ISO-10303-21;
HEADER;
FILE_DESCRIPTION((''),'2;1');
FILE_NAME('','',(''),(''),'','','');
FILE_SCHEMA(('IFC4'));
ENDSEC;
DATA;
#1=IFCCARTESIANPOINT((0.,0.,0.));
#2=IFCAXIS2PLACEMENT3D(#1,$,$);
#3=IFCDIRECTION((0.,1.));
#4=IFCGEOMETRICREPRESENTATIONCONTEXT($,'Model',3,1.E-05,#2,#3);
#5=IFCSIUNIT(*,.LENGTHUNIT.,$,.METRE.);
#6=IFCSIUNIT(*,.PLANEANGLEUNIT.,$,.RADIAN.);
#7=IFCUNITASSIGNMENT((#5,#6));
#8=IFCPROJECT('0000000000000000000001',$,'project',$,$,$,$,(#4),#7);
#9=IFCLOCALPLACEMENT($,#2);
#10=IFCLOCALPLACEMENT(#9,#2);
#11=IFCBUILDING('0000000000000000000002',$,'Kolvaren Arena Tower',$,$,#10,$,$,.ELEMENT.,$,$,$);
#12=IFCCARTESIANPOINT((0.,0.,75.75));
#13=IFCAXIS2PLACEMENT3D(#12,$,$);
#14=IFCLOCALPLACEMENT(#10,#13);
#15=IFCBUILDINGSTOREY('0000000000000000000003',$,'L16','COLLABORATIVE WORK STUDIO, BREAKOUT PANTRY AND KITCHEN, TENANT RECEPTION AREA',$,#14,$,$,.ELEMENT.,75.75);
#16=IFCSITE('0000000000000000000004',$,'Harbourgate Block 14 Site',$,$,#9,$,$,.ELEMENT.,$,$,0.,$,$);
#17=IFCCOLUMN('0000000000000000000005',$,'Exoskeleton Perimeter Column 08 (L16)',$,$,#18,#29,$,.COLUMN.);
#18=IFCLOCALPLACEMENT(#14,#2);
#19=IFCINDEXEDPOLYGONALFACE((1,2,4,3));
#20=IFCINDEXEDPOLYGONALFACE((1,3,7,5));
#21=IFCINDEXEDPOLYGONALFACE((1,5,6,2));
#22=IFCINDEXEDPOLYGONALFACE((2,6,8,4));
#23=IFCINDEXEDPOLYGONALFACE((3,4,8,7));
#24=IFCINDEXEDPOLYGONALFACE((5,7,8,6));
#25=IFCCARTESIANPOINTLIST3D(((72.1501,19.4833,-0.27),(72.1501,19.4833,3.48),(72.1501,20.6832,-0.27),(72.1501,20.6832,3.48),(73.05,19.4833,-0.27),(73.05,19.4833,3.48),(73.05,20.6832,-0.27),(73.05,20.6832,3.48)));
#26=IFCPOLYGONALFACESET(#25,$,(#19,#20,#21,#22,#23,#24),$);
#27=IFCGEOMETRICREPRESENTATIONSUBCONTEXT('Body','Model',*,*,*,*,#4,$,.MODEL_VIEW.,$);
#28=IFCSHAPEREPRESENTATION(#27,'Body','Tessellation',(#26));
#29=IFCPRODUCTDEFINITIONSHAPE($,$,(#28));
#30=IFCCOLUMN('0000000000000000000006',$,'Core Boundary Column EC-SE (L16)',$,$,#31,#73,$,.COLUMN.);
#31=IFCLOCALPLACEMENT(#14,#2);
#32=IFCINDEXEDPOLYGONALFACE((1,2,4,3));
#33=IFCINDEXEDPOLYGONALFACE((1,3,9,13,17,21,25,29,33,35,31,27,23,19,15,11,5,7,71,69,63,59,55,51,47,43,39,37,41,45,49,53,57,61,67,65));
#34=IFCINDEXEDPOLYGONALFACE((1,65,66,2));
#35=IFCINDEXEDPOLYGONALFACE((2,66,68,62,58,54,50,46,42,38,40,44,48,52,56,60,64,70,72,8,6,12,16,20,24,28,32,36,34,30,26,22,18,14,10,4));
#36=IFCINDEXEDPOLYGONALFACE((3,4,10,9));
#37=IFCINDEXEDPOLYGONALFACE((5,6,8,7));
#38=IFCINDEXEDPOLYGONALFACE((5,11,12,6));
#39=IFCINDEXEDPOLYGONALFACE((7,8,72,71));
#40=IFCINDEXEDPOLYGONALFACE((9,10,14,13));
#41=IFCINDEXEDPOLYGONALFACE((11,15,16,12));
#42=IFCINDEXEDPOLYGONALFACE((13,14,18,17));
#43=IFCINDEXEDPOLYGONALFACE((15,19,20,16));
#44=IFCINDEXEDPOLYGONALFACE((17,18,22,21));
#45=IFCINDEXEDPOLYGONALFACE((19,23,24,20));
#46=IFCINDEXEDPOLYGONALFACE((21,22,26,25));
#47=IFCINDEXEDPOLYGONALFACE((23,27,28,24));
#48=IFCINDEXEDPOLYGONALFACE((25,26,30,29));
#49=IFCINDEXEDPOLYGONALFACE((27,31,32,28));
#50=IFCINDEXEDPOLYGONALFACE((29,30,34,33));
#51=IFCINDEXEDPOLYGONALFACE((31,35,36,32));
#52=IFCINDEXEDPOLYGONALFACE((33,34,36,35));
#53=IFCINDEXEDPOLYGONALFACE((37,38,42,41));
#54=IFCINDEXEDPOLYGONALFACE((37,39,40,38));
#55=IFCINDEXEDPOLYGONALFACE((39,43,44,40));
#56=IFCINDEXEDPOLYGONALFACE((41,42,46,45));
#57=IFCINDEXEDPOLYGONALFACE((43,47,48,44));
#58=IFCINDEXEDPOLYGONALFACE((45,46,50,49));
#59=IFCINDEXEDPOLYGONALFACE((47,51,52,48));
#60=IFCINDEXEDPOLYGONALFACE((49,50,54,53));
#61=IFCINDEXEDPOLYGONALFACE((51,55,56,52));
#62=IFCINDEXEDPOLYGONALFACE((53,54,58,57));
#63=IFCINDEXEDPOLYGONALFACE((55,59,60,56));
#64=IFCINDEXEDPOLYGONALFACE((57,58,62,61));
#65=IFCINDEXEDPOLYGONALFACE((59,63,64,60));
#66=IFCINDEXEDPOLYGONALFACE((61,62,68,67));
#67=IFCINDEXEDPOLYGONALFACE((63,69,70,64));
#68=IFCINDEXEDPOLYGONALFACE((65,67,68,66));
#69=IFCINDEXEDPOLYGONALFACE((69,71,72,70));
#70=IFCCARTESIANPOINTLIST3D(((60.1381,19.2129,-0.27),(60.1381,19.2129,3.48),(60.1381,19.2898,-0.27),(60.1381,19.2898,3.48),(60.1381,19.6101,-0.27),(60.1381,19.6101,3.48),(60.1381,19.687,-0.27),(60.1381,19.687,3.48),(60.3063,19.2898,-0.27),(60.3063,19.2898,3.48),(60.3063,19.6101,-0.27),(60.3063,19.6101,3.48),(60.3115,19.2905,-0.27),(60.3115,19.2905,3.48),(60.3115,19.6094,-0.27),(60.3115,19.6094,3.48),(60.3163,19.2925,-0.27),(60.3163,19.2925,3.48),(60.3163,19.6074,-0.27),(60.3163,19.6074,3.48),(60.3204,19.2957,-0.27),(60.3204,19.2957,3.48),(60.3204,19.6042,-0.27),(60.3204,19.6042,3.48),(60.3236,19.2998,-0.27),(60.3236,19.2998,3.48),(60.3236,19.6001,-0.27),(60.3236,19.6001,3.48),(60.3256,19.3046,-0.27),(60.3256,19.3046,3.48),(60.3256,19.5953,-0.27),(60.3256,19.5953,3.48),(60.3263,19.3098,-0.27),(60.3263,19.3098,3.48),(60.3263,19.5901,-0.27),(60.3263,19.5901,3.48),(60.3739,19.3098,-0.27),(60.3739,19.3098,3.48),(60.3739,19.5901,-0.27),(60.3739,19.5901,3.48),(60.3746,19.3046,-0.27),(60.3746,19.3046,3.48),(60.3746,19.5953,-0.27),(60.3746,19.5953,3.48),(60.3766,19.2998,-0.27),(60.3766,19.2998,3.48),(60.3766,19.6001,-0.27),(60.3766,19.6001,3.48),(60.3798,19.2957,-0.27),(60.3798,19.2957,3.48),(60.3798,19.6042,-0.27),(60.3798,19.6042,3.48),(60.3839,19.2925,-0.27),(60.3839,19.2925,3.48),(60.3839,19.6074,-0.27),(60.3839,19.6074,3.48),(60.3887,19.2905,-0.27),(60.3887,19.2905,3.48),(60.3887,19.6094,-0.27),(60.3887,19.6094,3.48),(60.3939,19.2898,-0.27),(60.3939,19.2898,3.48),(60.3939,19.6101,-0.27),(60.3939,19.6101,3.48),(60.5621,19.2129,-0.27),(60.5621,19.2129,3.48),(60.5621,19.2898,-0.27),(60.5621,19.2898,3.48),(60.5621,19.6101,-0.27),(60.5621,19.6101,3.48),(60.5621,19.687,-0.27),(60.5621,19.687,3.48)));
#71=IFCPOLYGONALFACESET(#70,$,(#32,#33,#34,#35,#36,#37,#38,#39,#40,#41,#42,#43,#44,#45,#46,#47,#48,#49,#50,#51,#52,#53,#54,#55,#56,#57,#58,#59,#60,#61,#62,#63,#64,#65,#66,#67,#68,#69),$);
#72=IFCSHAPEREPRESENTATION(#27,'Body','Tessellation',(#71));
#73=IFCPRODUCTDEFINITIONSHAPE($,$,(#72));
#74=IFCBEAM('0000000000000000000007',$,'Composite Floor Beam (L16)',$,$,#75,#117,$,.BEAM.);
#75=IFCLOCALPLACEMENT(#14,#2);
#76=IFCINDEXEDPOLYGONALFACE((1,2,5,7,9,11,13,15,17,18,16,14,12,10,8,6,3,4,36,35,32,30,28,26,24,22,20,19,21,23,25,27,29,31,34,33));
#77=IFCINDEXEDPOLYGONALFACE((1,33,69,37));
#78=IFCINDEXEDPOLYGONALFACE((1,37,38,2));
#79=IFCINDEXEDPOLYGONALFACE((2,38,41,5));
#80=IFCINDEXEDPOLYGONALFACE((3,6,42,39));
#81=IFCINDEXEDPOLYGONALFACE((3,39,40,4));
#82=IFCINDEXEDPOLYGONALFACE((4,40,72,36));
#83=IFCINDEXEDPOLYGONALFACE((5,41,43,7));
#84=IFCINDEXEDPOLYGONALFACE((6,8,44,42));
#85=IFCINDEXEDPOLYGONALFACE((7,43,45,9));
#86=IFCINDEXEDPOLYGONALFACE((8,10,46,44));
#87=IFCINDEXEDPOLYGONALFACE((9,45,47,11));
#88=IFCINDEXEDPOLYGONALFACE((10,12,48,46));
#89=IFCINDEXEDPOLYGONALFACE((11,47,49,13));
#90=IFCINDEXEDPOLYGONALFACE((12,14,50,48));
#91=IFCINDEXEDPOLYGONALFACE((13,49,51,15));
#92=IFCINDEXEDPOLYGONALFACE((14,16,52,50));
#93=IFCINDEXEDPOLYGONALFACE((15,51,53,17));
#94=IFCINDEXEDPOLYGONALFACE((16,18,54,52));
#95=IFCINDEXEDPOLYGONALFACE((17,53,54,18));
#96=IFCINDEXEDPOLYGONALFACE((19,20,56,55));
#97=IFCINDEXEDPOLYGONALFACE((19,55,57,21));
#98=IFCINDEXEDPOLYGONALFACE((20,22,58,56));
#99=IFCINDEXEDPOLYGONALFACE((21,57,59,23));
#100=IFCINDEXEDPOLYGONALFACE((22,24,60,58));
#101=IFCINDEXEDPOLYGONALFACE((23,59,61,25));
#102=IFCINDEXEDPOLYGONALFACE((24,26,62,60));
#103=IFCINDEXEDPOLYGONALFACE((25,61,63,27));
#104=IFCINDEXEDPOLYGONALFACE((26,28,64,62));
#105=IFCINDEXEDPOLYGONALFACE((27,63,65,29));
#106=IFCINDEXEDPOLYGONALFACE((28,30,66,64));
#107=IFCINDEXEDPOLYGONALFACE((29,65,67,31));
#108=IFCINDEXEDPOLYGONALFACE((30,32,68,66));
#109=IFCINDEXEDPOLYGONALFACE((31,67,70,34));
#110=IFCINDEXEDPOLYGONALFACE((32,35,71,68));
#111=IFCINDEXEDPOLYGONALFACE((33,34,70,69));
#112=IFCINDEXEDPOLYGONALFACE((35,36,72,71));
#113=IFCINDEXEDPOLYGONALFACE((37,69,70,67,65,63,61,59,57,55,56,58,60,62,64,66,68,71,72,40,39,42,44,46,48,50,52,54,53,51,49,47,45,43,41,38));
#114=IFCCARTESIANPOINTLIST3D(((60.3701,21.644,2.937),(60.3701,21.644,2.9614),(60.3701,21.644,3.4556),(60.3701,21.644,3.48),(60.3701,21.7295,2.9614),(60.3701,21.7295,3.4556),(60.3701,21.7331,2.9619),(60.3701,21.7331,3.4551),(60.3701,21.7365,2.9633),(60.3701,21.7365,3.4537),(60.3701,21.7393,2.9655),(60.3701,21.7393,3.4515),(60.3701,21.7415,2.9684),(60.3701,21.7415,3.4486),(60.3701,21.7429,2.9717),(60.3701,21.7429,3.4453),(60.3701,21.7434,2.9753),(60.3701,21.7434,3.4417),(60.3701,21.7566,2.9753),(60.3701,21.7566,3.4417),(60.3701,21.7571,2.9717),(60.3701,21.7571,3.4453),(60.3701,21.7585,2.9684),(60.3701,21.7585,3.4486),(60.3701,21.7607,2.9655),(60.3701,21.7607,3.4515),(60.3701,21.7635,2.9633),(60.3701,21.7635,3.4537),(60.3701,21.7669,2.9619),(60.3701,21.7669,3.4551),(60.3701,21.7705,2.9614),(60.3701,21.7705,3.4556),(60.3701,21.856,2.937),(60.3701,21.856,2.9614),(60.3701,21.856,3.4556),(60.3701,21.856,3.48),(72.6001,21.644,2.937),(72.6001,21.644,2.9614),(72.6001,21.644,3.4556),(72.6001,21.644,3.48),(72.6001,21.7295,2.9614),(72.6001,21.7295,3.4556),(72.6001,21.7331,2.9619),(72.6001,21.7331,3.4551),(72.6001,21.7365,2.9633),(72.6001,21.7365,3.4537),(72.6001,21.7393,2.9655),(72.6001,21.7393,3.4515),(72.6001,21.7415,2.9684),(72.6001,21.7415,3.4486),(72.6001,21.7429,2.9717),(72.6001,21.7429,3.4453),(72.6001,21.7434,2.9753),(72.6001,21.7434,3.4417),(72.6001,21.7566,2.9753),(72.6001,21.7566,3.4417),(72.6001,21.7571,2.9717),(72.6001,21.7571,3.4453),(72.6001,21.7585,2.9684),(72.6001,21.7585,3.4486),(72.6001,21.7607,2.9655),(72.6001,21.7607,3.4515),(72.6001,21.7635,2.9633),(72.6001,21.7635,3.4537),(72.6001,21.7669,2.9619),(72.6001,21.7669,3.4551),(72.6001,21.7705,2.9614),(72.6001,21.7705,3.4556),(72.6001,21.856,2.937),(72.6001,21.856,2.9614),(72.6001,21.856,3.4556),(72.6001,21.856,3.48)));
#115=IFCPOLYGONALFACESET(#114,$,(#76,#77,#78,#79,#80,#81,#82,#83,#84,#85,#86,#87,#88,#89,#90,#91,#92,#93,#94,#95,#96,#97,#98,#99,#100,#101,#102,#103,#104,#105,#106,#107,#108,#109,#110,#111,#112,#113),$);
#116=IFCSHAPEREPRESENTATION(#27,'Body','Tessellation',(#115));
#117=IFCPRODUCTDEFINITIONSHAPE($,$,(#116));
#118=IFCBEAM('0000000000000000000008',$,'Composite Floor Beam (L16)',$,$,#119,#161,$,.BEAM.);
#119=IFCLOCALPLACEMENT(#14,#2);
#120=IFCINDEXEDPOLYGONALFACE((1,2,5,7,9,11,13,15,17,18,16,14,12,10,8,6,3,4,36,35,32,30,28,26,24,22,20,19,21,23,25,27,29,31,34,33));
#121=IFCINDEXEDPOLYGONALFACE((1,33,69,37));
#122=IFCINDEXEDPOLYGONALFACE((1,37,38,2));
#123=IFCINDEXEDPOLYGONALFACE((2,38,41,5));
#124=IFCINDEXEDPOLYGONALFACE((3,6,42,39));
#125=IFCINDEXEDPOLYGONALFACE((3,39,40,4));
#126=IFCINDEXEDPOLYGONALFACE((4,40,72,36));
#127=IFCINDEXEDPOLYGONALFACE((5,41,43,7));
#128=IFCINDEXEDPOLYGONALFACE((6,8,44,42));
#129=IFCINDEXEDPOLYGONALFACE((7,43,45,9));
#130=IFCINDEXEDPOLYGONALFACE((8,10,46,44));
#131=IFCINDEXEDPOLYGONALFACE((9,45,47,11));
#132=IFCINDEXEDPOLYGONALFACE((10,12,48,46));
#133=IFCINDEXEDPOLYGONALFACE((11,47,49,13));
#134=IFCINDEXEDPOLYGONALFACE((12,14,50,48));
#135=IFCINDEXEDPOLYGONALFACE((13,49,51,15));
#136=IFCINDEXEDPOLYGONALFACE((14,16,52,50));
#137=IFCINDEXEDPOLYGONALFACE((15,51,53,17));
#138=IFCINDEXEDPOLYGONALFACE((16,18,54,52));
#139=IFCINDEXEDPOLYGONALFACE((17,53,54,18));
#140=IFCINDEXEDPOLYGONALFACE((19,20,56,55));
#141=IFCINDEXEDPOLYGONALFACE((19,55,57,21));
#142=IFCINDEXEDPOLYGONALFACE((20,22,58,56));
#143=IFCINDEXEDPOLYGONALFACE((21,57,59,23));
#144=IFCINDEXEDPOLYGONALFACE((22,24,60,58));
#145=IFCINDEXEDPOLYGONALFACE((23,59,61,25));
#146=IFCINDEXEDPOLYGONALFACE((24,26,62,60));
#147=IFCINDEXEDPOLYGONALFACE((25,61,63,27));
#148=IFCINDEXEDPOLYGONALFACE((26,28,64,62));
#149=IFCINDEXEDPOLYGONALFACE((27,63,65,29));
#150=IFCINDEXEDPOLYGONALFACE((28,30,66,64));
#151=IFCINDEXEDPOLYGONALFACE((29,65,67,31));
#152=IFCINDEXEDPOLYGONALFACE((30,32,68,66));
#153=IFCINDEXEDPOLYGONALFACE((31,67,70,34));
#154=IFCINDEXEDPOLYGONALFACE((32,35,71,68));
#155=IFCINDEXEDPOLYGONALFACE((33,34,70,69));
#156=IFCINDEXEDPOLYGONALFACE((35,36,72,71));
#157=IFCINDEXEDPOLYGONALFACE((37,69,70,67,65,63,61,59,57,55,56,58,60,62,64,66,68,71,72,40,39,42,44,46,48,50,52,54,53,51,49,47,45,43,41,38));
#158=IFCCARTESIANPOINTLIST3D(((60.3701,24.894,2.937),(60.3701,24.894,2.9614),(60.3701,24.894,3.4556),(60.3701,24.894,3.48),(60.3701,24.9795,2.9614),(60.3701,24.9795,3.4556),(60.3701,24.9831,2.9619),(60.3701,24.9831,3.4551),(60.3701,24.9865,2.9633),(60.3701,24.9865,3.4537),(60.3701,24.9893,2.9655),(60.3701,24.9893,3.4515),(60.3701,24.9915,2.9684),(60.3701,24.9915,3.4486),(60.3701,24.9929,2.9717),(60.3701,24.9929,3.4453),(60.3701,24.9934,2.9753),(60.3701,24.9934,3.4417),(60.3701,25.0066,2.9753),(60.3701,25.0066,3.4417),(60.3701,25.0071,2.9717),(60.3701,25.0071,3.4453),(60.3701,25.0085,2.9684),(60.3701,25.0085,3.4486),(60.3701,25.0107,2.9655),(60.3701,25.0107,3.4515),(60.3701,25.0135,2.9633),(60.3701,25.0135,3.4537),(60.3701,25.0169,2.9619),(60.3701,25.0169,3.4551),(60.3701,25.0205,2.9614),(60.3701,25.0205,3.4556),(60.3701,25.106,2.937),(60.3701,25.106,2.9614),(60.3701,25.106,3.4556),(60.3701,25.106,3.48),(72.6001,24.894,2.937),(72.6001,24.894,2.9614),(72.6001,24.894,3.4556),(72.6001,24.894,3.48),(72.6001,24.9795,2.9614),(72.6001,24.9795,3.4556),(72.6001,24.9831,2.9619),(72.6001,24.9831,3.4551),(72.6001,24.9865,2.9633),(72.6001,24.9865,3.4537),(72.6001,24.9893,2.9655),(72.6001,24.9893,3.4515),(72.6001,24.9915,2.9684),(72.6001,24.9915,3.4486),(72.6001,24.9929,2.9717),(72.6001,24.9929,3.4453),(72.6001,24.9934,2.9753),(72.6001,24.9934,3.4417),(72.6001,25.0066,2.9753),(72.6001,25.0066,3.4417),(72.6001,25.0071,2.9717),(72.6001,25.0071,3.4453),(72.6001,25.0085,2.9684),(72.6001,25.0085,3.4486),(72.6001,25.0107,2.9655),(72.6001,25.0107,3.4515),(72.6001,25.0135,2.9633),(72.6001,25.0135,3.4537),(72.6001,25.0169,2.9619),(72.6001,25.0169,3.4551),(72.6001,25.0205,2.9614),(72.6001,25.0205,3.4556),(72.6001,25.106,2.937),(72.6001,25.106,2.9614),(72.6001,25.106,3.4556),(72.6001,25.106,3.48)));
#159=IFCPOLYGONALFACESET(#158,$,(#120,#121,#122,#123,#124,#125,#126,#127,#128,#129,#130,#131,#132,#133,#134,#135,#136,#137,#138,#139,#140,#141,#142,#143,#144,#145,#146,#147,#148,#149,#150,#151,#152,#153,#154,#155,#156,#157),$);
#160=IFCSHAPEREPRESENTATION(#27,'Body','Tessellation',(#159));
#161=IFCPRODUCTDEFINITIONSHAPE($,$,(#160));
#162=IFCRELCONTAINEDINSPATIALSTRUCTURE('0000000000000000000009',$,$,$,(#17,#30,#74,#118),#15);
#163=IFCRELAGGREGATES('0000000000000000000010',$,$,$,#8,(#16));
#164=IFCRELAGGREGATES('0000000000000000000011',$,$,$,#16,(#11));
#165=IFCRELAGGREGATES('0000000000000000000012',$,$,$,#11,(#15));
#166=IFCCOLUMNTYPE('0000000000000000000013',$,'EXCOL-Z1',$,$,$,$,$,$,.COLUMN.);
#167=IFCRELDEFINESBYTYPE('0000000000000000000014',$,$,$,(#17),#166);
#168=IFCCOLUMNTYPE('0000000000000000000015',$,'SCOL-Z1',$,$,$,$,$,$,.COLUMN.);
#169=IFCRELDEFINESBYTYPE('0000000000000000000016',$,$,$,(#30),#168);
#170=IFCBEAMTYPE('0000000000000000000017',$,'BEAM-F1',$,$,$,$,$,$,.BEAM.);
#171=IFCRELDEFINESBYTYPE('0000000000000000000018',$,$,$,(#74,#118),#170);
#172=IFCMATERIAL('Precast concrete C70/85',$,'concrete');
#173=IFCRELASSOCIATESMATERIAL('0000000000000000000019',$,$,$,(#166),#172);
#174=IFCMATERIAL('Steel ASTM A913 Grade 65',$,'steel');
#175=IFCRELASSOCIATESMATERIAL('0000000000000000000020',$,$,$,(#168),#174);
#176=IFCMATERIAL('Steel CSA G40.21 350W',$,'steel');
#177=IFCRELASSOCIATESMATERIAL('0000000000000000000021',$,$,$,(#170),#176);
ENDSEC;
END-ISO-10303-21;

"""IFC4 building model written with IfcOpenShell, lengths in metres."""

from ifc_helpers import new_model, si_unit, direction, frame, origin, origin_2d, place, context, subcontext, project, spatial, rectangle, i_section, extrude, material, material_profile, profile_set, type_object, element, save


model = new_model("IFC4")

# Units and contexts
model_context = context("Model", 3, precision=1e-05, world=origin(), true_north=direction((0.0, 1.0)))
body_context = subcontext(model_context, "Body", "Model", "MODEL_VIEW")
ifc_project = project(units=[si_unit("LENGTHUNIT", "METRE"), si_unit("PLANEANGLEUNIT", "RADIAN")], contexts=[model_context])

# Site, building, storey
site_placement = place(None, origin())
site = spatial("IfcSite", under=ifc_project, at=site_placement, Name="Harbourgate Block 14 Site", CompositionType="ELEMENT", RefElevation=0.0)
building_placement = place(site_placement, origin())
building = spatial("IfcBuilding", under=site, at=building_placement, Name="Kolvaren Arena Tower", CompositionType="ELEMENT")
storey_placement = place(building_placement, frame((0.0, 0.0, 75.75)))
storey = spatial("IfcBuildingStorey", under=building, at=storey_placement, Name="L16", Description="COLLABORATIVE WORK STUDIO, BREAKOUT PANTRY AND KITCHEN, TENANT RECEPTION AREA", CompositionType="ELEMENT", Elevation=75.75)

# Columns
ifc_material_1 = material(Name="Precast concrete C70/85", Category="concrete")
ifc_material_profile_1 = material_profile(ifc_material_1, rectangle(XDim=1.2, YDim=0.8999, at=origin_2d()), Name="RC-1200x900")
ifc_profile_set_1 = profile_set([ifc_material_profile_1], Name="Precast concrete C70/85")
column_type_1 = type_object("IfcColumnType", Name="EXCOL-Z1", PredefinedType="COLUMN", material=ifc_profile_set_1)
column_1_placement = place(storey_placement, frame((72.6001, 20.0833, -0.27), z_axis=(0.0, 0.0, 1.0), x_axis=(0.0, 1.0, 0.0)))
element("IfcColumn", 1, at=column_1_placement, inside=storey, type_object=column_type_1, Name="Exoskeleton Perimeter Column 08 (L16)", PredefinedType="COLUMN", context=body_context, shape_type="SweptSolid", body=[
    extrude(rectangle(XDim=1.2, YDim=0.8999, at=origin_2d()), origin(), (0.0, 0.0, 1.0), 3.75),
])
ifc_material_2 = material(Name="Steel ASTM A913 Grade 65", Category="steel")
ifc_material_profile_2 = material_profile(ifc_material_2, i_section(OverallWidth=0.4241, OverallDepth=0.4741, WebThickness=0.0476, FlangeThickness=0.0769, FilletRadius=0.02, at=origin_2d()), Name="W360x634")
ifc_profile_set_2 = profile_set([ifc_material_profile_2], Name="Steel ASTM A913 Grade 65")
column_type_2 = type_object("IfcColumnType", Name="SCOL-Z1", PredefinedType="COLUMN", material=ifc_profile_set_2)
column_2_placement = place(storey_placement, frame((60.3501, 19.45, -0.27), z_axis=(0.0, 0.0, 1.0), x_axis=(1.0, 0.0, 0.0)))
element("IfcColumn", 2, at=column_2_placement, inside=storey, type_object=column_type_2, Name="Core Boundary Column EC-SE (L16)", PredefinedType="COLUMN", context=body_context, shape_type="SweptSolid", body=[
    extrude(i_section(OverallWidth=0.4241, OverallDepth=0.4741, WebThickness=0.0476, FlangeThickness=0.0769, FilletRadius=0.02, at=origin_2d()), origin(), (0.0, 0.0, 1.0), 3.75),
])

# Beams
ifc_material_3 = material(Name="Steel CSA G40.21 350W", Category="steel")
ifc_material_profile_3 = material_profile(ifc_material_3, i_section(OverallWidth=0.2119, OverallDepth=0.543, WebThickness=0.0132, FlangeThickness=0.0244, FilletRadius=0.0139, at=origin_2d()), Name="W530x150")
ifc_profile_set_3 = profile_set([ifc_material_profile_3], Name="Steel CSA G40.21 350W")
beam_type_1 = type_object("IfcBeamType", Name="BEAM-F1", PredefinedType="BEAM", material=ifc_profile_set_3)
for number, where, z_axis, x_axis, name in (
    (3, (60.3701, 21.75, 3.2085), (1.0, 0.0, 0.0), (0.0, 1.0, 0.0), "Composite Floor Beam (L16)"),
    (4, (60.3701, 25.0, 3.2085), (1.0, 0.0, 0.0), (0.0, 1.0, 0.0), "Composite Floor Beam (L16)"),
):
    element("IfcBeam", number, at=place(storey_placement, frame(where, z_axis=z_axis, x_axis=x_axis)), inside=storey, type_object=beam_type_1, Name=name, PredefinedType="BEAM", context=body_context, shape_type="SweptSolid", body=[
        extrude(i_section(OverallWidth=0.2119, OverallDepth=0.543, WebThickness=0.0132, FlangeThickness=0.0244, FilletRadius=0.0139, at=origin_2d()), origin(), (0.0, 0.0, 1.0), 12.23),
    ])

save(model, "model.ifc")
